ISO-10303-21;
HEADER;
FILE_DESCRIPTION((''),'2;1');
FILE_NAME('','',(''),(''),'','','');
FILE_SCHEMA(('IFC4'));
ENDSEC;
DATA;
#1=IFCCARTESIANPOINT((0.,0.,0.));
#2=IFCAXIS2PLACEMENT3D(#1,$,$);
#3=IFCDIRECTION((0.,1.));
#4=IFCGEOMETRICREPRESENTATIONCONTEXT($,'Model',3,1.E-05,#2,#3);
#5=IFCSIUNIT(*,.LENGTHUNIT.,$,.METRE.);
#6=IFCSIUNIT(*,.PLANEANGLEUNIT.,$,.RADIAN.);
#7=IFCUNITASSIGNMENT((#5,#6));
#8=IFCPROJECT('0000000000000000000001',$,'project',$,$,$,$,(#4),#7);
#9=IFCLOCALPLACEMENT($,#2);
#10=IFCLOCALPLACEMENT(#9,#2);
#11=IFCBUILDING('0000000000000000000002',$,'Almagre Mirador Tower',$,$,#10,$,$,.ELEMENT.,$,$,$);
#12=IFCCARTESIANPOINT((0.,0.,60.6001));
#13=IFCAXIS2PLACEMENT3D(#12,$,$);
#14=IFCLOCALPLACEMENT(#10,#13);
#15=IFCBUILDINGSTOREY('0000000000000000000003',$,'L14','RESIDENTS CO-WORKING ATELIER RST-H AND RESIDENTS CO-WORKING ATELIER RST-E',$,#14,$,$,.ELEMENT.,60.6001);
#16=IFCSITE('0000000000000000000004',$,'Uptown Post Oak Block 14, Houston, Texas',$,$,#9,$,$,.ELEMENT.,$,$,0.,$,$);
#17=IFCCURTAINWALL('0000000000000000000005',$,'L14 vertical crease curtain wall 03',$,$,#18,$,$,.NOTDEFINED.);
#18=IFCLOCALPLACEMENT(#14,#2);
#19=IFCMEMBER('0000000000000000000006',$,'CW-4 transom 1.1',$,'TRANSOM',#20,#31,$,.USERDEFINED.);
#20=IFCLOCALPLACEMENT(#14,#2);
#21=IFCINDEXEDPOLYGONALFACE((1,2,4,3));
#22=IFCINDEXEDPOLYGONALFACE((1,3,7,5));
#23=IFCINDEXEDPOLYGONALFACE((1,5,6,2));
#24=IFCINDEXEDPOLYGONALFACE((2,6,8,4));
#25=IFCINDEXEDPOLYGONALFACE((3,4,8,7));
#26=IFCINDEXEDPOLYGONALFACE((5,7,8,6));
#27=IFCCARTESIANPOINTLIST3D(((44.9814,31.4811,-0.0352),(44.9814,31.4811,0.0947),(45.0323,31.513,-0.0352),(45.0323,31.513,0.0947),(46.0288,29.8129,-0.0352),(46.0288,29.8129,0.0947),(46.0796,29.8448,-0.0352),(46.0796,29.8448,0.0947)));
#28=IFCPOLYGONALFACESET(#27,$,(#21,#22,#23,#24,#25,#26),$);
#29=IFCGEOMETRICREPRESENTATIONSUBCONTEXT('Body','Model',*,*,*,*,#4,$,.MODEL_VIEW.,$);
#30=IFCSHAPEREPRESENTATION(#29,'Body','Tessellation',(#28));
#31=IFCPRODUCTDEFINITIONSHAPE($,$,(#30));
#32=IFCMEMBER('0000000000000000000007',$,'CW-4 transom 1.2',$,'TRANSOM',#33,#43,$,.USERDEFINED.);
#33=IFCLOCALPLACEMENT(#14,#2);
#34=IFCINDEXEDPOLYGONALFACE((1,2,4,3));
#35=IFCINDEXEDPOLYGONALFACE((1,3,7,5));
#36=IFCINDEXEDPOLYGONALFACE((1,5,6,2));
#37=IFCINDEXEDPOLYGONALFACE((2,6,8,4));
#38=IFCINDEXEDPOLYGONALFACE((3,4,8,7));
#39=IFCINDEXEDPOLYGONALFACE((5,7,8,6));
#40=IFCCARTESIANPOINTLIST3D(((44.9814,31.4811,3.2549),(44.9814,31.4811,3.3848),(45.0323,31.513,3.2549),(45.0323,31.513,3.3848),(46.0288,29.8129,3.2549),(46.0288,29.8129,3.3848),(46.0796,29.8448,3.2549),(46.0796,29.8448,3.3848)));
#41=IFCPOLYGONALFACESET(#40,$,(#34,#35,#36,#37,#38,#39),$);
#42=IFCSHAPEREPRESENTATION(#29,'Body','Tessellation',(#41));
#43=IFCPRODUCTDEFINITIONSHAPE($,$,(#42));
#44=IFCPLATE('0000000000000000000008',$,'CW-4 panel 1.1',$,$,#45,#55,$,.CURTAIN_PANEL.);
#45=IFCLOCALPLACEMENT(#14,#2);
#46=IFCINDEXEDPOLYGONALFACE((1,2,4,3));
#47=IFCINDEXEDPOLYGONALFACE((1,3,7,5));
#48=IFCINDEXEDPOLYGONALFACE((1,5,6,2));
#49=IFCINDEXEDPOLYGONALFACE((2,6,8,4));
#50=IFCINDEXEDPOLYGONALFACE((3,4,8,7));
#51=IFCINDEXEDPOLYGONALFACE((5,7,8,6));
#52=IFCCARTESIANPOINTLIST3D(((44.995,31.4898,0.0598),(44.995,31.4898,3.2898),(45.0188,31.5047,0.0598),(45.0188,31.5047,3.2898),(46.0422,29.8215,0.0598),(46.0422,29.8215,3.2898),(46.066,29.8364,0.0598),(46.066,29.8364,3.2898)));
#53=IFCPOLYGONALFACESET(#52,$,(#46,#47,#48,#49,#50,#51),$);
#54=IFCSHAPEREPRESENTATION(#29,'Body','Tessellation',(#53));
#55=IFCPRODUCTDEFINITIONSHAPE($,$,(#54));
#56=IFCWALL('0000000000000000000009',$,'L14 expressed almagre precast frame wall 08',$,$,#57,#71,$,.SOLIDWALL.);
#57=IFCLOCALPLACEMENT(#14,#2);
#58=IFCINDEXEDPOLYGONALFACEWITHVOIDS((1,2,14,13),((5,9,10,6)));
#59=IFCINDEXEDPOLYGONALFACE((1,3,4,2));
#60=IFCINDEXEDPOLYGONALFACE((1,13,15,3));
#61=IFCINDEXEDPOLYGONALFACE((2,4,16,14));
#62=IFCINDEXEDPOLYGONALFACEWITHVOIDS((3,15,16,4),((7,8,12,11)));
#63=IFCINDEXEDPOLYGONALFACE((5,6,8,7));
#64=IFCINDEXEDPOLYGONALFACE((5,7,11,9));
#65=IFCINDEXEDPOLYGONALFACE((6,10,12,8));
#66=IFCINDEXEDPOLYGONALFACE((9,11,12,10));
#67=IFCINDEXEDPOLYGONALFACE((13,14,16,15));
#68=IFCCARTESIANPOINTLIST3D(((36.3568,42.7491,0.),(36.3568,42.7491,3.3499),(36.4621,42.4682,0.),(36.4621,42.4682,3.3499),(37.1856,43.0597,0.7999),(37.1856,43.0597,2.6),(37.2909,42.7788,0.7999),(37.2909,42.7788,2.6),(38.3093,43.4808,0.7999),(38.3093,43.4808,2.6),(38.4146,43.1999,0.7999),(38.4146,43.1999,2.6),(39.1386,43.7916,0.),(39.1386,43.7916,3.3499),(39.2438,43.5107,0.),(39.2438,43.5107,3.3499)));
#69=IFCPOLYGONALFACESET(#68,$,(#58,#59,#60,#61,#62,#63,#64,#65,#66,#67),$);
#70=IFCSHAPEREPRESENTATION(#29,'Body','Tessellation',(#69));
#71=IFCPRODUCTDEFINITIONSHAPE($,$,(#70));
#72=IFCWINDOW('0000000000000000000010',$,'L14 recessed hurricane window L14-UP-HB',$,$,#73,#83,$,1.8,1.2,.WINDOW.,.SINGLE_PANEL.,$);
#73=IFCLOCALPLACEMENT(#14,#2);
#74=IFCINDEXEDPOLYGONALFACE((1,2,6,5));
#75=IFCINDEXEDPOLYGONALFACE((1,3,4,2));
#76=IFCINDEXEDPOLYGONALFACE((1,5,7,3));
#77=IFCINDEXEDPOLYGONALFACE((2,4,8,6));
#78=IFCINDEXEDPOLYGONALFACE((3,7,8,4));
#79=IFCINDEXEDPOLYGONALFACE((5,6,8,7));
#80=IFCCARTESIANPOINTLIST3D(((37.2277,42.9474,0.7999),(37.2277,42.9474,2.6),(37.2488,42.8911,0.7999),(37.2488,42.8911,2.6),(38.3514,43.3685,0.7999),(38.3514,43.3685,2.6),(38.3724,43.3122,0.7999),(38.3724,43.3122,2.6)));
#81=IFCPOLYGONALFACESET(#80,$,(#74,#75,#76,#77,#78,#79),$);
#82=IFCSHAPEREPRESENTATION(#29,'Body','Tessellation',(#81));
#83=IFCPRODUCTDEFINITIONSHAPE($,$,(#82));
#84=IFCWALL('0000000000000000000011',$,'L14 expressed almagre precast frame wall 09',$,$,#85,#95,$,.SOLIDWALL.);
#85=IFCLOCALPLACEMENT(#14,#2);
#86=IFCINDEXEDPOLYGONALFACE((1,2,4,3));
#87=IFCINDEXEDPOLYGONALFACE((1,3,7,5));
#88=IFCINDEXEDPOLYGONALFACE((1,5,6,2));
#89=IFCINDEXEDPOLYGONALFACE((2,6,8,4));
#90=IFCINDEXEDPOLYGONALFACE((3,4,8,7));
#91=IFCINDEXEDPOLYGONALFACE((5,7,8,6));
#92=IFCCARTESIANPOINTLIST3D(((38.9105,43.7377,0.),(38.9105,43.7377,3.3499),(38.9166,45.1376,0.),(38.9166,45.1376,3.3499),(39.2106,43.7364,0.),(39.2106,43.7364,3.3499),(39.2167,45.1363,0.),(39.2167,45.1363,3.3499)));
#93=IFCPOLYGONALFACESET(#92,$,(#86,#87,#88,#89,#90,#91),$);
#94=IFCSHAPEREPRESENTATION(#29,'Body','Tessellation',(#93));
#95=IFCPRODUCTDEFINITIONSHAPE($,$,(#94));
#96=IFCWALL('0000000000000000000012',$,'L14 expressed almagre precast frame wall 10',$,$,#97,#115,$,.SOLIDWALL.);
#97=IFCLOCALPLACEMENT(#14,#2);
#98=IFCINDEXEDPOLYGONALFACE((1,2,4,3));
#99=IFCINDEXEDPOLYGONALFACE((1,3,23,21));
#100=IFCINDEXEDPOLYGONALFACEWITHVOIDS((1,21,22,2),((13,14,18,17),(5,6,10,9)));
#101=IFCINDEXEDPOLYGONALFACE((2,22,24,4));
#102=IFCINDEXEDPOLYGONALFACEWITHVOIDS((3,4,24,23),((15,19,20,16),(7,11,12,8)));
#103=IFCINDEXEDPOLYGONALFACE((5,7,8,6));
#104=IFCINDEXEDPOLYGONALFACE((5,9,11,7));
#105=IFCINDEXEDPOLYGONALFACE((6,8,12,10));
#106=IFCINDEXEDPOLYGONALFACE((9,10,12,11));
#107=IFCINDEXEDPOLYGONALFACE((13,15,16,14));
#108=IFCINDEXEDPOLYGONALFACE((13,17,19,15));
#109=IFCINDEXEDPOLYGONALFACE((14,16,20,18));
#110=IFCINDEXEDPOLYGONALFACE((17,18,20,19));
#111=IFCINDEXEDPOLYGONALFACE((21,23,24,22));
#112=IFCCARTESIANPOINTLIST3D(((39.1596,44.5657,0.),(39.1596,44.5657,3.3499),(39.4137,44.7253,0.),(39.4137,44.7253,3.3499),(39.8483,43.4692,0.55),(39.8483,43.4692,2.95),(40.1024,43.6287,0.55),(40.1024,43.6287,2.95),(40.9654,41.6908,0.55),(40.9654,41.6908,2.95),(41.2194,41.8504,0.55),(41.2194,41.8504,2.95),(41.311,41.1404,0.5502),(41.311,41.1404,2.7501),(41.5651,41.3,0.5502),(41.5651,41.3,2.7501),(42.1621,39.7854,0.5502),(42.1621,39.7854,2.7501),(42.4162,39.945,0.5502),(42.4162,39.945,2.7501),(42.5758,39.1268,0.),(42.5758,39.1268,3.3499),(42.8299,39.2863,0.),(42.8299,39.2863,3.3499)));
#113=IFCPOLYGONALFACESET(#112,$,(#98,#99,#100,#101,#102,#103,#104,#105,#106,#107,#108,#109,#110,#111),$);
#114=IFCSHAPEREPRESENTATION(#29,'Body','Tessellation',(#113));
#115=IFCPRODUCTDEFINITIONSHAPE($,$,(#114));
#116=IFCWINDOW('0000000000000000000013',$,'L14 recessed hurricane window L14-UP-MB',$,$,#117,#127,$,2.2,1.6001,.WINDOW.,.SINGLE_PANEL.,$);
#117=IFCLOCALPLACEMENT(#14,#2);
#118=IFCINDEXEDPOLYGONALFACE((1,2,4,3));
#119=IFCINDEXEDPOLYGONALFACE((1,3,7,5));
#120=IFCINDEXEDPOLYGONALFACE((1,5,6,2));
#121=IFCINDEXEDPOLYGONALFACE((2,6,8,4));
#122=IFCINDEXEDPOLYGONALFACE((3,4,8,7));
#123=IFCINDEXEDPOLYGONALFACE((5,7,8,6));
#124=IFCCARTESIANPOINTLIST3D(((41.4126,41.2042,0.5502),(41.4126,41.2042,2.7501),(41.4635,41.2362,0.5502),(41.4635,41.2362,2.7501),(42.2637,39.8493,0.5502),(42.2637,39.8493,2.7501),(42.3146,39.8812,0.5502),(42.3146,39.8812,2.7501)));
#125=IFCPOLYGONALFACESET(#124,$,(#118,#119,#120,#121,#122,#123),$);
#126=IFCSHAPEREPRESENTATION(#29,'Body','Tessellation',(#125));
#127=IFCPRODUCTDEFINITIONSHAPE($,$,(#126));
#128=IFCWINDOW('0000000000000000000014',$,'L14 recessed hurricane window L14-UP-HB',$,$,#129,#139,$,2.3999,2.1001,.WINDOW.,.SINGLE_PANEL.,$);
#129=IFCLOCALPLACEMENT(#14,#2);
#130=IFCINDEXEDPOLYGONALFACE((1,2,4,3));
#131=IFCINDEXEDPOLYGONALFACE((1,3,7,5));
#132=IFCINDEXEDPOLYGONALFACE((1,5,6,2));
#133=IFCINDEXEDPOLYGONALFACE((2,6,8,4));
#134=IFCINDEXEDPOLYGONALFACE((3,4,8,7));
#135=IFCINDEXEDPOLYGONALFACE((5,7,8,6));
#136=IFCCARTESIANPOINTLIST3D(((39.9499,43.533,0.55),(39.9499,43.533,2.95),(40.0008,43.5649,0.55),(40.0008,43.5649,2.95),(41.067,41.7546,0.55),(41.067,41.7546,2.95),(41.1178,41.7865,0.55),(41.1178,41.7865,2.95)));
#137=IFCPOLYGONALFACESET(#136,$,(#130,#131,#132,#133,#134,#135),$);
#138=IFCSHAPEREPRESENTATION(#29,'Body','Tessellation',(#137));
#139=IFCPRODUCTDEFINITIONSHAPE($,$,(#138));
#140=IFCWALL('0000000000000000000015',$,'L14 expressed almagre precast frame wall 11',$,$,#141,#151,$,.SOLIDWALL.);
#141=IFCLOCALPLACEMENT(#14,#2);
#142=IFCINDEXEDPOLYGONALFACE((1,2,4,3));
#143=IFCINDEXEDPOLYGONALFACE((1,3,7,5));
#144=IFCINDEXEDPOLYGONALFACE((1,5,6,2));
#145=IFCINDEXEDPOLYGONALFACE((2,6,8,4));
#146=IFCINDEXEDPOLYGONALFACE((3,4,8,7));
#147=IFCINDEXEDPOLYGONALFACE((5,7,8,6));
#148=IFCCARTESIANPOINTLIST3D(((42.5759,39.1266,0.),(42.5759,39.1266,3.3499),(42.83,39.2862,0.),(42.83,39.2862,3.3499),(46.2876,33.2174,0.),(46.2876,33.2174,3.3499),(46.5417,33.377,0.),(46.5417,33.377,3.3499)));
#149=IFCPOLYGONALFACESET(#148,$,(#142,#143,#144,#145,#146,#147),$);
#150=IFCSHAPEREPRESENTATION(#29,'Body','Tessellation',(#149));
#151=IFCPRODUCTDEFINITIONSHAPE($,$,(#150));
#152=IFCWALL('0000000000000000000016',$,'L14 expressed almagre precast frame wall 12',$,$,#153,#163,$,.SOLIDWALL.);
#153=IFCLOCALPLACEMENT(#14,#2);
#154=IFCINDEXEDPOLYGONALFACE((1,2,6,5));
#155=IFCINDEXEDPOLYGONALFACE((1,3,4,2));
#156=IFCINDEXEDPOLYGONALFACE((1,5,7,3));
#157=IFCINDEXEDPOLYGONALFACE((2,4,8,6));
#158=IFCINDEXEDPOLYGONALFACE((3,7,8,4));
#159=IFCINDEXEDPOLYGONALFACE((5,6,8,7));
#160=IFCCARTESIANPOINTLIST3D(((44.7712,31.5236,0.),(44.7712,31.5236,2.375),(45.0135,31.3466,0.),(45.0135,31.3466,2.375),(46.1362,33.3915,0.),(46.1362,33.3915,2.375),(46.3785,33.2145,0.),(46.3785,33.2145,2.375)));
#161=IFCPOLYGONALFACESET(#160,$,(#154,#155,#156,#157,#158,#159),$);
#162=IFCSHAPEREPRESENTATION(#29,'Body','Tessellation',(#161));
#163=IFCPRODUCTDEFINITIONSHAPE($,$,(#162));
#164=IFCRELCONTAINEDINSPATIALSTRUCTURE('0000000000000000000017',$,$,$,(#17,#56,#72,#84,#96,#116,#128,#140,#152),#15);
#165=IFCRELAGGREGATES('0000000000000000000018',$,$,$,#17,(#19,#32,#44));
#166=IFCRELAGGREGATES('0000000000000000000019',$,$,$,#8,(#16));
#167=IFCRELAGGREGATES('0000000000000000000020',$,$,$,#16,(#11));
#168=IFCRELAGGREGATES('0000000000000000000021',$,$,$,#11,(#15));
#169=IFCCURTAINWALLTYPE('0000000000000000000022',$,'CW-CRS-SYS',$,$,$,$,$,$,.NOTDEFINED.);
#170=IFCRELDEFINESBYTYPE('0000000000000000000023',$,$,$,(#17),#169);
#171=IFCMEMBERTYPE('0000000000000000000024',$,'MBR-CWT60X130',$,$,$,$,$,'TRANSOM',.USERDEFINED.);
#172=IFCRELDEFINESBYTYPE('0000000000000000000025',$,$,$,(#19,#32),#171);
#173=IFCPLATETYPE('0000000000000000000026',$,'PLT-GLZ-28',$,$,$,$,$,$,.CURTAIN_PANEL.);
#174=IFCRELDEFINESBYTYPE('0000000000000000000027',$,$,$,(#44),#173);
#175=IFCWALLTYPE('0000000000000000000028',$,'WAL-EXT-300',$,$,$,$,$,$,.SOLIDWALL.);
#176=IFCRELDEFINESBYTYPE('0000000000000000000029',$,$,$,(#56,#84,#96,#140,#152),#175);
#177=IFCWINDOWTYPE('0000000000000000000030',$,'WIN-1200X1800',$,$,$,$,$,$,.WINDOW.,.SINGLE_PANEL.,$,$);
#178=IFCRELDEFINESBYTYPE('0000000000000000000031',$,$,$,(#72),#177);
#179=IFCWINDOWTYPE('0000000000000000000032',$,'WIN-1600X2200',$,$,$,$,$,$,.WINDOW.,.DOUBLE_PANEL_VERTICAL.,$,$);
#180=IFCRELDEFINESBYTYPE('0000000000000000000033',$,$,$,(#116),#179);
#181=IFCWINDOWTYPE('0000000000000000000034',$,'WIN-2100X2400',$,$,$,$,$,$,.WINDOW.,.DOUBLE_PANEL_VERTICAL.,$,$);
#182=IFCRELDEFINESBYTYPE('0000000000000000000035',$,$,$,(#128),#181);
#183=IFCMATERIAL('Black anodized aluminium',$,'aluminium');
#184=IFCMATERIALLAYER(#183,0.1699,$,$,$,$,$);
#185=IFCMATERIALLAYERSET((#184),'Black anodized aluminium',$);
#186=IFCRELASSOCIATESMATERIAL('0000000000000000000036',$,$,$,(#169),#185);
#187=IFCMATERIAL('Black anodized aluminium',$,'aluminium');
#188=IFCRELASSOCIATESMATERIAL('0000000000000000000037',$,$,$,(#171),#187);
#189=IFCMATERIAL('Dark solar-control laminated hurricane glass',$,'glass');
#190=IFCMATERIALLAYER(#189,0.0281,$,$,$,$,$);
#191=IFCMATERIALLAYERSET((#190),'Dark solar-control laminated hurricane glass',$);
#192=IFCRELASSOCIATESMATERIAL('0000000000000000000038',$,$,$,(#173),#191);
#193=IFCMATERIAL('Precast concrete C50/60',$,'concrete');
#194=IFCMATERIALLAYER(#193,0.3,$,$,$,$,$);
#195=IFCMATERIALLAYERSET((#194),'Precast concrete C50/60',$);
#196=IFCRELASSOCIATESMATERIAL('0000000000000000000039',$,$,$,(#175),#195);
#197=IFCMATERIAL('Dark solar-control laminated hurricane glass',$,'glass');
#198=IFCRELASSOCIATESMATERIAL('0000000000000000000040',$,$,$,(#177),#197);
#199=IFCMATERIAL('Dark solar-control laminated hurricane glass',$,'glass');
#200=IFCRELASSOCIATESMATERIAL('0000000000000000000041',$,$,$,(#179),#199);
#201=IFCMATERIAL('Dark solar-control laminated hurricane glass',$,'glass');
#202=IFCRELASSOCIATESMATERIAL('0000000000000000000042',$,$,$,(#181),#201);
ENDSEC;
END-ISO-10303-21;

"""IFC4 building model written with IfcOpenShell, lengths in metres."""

from ifc_helpers import new_model, si_unit, direction, frame, frame_2d, origin, origin_2d, place, context, subcontext, project, spatial, rectangle, extrude, material, layer, layer_set, material_profile, profile_set, type_object, element, fill, aggregate, save


model = new_model("IFC4")

# Units and contexts
model_context = context("Model", 3, precision=1e-05, world=origin(), true_north=direction((0.0, 1.0)))
body_context = subcontext(model_context, "Body", "Model", "MODEL_VIEW")
ifc_project = project(units=[si_unit("LENGTHUNIT", "METRE"), si_unit("PLANEANGLEUNIT", "RADIAN")], contexts=[model_context])

# Site, building, storey
site_placement = place(None, origin())
site = spatial("IfcSite", under=ifc_project, at=site_placement, Name="Uptown Post Oak Block 14, Houston, Texas", CompositionType="ELEMENT", RefElevation=0.0)
building_placement = place(site_placement, origin())
building = spatial("IfcBuilding", under=site, at=building_placement, Name="Almagre Mirador Tower", CompositionType="ELEMENT")
storey_placement = place(building_placement, frame((0.0, 0.0, 60.6001)))
storey = spatial("IfcBuildingStorey", under=building, at=storey_placement, Name="L14", Description="RESIDENTS CO-WORKING ATELIER RST-H AND RESIDENTS CO-WORKING ATELIER RST-E", CompositionType="ELEMENT", Elevation=60.6001)

# Curtain wall, members, plate
ifc_material_1 = material(Name="Black anodized aluminium", Category="aluminium")
ifc_layer_1 = layer(ifc_material_1, 0.1699)
ifc_layer_set_1 = layer_set([ifc_layer_1], Name="Black anodized aluminium")
curtain_wall_type = type_object("IfcCurtainWallType", Name="CW-CRS-SYS", PredefinedType="NOTDEFINED", material=ifc_layer_set_1)
curtain_wall_placement = place(storey_placement, origin())
curtain_wall = element("IfcCurtainWall", 1, at=curtain_wall_placement, inside=storey, type_object=curtain_wall_type, Name="L14 vertical crease curtain wall 03", PredefinedType="NOTDEFINED")
ifc_material_2 = material(Name="Black anodized aluminium", Category="aluminium")
ifc_material_profile_1 = material_profile(ifc_material_2, rectangle(XDim=0.0601, YDim=0.1299, at=origin_2d()), Name="CWT60X130")
ifc_profile_set_1 = profile_set([ifc_material_profile_1], Name="Black anodized aluminium")
member_type_1 = type_object("IfcMemberType", Name="MBR-CWT60X130", ElementType="TRANSOM", PredefinedType="USERDEFINED", material=ifc_profile_set_1)
member_1_placement = place(storey_placement, frame((45.0068, 31.4971, 0.0298), z_axis=(0.531725, -0.846917, 0.0), x_axis=(0.846917, 0.531725, 0.0)))
member_1 = element("IfcMember", 2, at=member_1_placement, type_object=member_type_1, Name="CW-4 transom 1.1", ObjectType="TRANSOM", PredefinedType="USERDEFINED", context=body_context, shape_type="SweptSolid", body=[
    extrude(rectangle(XDim=0.0601, YDim=0.1299, at=origin_2d()), origin(), (0.0, 0.0, 1.0), 1.9697),
])
member_2_placement = place(storey_placement, frame((45.0068, 31.4971, 3.3198), z_axis=(0.531725, -0.846917, 0.0), x_axis=(0.846917, 0.531725, 0.0)))
member_2 = element("IfcMember", 3, at=member_2_placement, type_object=member_type_1, Name="CW-4 transom 1.2", ObjectType="TRANSOM", PredefinedType="USERDEFINED", context=body_context, shape_type="SweptSolid", body=[
    extrude(rectangle(XDim=0.0601, YDim=0.1299, at=origin_2d()), origin(), (0.0, 0.0, 1.0), 1.9697),
])
ifc_material_3 = material(Name="Dark solar-control laminated hurricane glass", Category="glass")
ifc_layer_2 = layer(ifc_material_3, 0.0281)
ifc_layer_set_2 = layer_set([ifc_layer_2], Name="Dark solar-control laminated hurricane glass")
plate_type = type_object("IfcPlateType", Name="PLT-GLZ-28", PredefinedType="CURTAIN_PANEL", material=ifc_layer_set_2)
plate_placement = place(storey_placement, frame((45.5305, 30.6631, 0.0598), z_axis=(0.0, 0.0, 1.0), x_axis=(0.531632, -0.846975, 0.0)))
plate = element("IfcPlate", 4, at=plate_placement, type_object=plate_type, Name="CW-4 panel 1.1", PredefinedType="CURTAIN_PANEL", context=body_context, shape_type="SweptSolid", body=[
    extrude(rectangle(XDim=1.9697, YDim=0.0281, at=origin_2d()), origin(), (0.0, 0.0, 1.0), 3.23),
])
aggregate(curtain_wall, [member_1, member_2, plate])

# Wall, opening, window
ifc_material_4 = material(Name="Precast concrete C50/60", Category="concrete")
ifc_layer_3 = layer(ifc_material_4, 0.3)
ifc_layer_set_3 = layer_set([ifc_layer_3], Name="Precast concrete C50/60")
wall_type_1 = type_object("IfcWallType", Name="WAL-EXT-300", PredefinedType="SOLIDWALL", material=ifc_layer_set_3)
wall_1_placement = place(storey_placement, frame((36.4094, 42.6086, 0.0), z_axis=(0.0, 0.0, 1.0), x_axis=(0.936403, 0.350925, 0.0)))
wall_1 = element("IfcWall", 5, at=wall_1_placement, inside=storey, type_object=wall_type_1, Name="L14 expressed almagre precast frame wall 08", PredefinedType="SOLIDWALL", context=body_context, shape_type="SweptSolid", body=[
    extrude(rectangle(XDim=2.9707, YDim=0.3, at=frame_2d((1.4854, 0.0))), origin(), (0.0, 0.0, 1.0), 3.3499),
])
opening_1_placement = place(wall_1_placement, frame((0.885, 0.0, 0.8)))
opening_1 = element("IfcOpeningElement", 6, at=opening_1_placement, cuts=wall_1, PredefinedType="OPENING", context=body_context, shape_type="SweptSolid", body=[
    extrude(rectangle(XDim=1.2, YDim=1.8, at=frame_2d((0.6001, 0.8999))), frame((0.0, 0.1599, 0.0), z_axis=(0.0, -1.0, 0.0), x_axis=(1.0, 0.0, 0.0)), (0.0, 0.0, 1.0), 0.32),
])
ifc_material_5 = material(Name="Dark solar-control laminated hurricane glass", Category="glass")
window_type_1 = type_object("IfcWindowType", Name="WIN-1200X1800", PartitioningType="SINGLE_PANEL", PredefinedType="WINDOW", material=ifc_material_5)
window_1_placement = place(opening_1_placement, origin())
window_1 = element("IfcWindow", 7, at=window_1_placement, inside=storey, type_object=window_type_1, Name="L14 recessed hurricane window L14-UP-HB", OverallHeight=1.8, OverallWidth=1.2, PartitioningType="SINGLE_PANEL", PredefinedType="WINDOW", context=body_context, shape_type="SweptSolid", body=[
    extrude(rectangle(XDim=1.2, YDim=1.8, at=frame_2d((0.6001, 0.8999))), frame((0.0, 0.03, 0.0), z_axis=(0.0, -1.0, 0.0), x_axis=(1.0, 0.0, 0.0)), (0.0, 0.0, 1.0), 0.0601),
])
fill(opening_1, window_1)

# Wall
wall_2_placement = place(storey_placement, frame((39.0605, 43.7371, 0.0), z_axis=(0.0, 0.0, 1.0), x_axis=(0.00436, 0.99999, 0.0)))
element("IfcWall", 8, at=wall_2_placement, inside=storey, type_object=wall_type_1, Name="L14 expressed almagre precast frame wall 09", PredefinedType="SOLIDWALL", context=body_context, shape_type="SweptSolid", body=[
    extrude(rectangle(XDim=1.3999, YDim=0.3, at=frame_2d((0.7, 0.0))), origin(), (0.0, 0.0, 1.0), 3.3499),
])

# Wall, openings, windows
wall_3_placement = place(storey_placement, frame((39.2866, 44.6455, 0.0), z_axis=(0.0, 0.0, 1.0), x_axis=(0.53189, -0.846813, 0.0)))
wall_3 = element("IfcWall", 9, at=wall_3_placement, inside=storey, type_object=wall_type_1, Name="L14 expressed almagre precast frame wall 10", PredefinedType="SOLIDWALL", context=body_context, shape_type="SweptSolid", body=[
    extrude(rectangle(XDim=6.4229, YDim=0.3, at=frame_2d((3.2114, 0.0))), origin(), (0.0, 0.0, 1.0), 3.3499),
])
opening_2_placement = place(wall_3_placement, frame((1.2949, 0.0, 0.55)))
opening_2 = element("IfcOpeningElement", 10, at=opening_2_placement, cuts=wall_3, PredefinedType="OPENING", context=body_context, shape_type="SweptSolid", body=[
    extrude(rectangle(XDim=2.1001, YDim=2.3999, at=frame_2d((1.05, 1.2))), frame((0.0, 0.1599, 0.0), z_axis=(0.0, -1.0, 0.0), x_axis=(1.0, 0.0, 0.0)), (0.0, 0.0, 1.0), 0.32),
])
opening_3_placement = place(wall_3_placement, frame((4.0449, 0.0, 0.55)))
opening_3 = element("IfcOpeningElement", 11, at=opening_3_placement, cuts=wall_3, PredefinedType="OPENING", context=body_context, shape_type="SweptSolid", body=[
    extrude(rectangle(XDim=1.6001, YDim=2.2, at=frame_2d((0.8, 1.1001))), frame((0.0, 0.1599, 0.0), z_axis=(0.0, -1.0, 0.0), x_axis=(1.0, 0.0, 0.0)), (0.0, 0.0, 1.0), 0.32),
])
ifc_material_6 = material(Name="Dark solar-control laminated hurricane glass", Category="glass")
window_type_2 = type_object("IfcWindowType", Name="WIN-1600X2200", PartitioningType="DOUBLE_PANEL_VERTICAL", PredefinedType="WINDOW", material=ifc_material_6)
window_2_placement = place(opening_3_placement, origin())
window_2 = element("IfcWindow", 12, at=window_2_placement, inside=storey, type_object=window_type_2, Name="L14 recessed hurricane window L14-UP-MB", OverallHeight=2.2, OverallWidth=1.6001, PartitioningType="SINGLE_PANEL", PredefinedType="WINDOW", context=body_context, shape_type="SweptSolid", body=[
    extrude(rectangle(XDim=1.6001, YDim=2.2, at=frame_2d((0.8, 1.1001))), frame((0.0, 0.03, 0.0), z_axis=(0.0, -1.0, 0.0), x_axis=(1.0, 0.0, 0.0)), (0.0, 0.0, 1.0), 0.0601),
])
fill(opening_3, window_2)
ifc_material_7 = material(Name="Dark solar-control laminated hurricane glass", Category="glass")
window_type_3 = type_object("IfcWindowType", Name="WIN-2100X2400", PartitioningType="DOUBLE_PANEL_VERTICAL", PredefinedType="WINDOW", material=ifc_material_7)
window_3_placement = place(opening_2_placement, origin())
window_3 = element("IfcWindow", 13, at=window_3_placement, inside=storey, type_object=window_type_3, Name="L14 recessed hurricane window L14-UP-HB", OverallHeight=2.3999, OverallWidth=2.1001, PartitioningType="SINGLE_PANEL", PredefinedType="WINDOW", context=body_context, shape_type="SweptSolid", body=[
    extrude(rectangle(XDim=2.1001, YDim=2.3999, at=frame_2d((1.05, 1.2))), frame((0.0, 0.03, 0.0), z_axis=(0.0, -1.0, 0.0), x_axis=(1.0, 0.0, 0.0)), (0.0, 0.0, 1.0), 0.0601),
])
fill(opening_2, window_3)

# Walls
wall_4_placement = place(storey_placement, frame((42.7029, 39.2065, 0.0), z_axis=(0.0, 0.0, 1.0), x_axis=(0.531897, -0.846809, 0.0)))
element("IfcWall", 14, at=wall_4_placement, inside=storey, type_object=wall_type_1, Name="L14 expressed almagre precast frame wall 11", PredefinedType="SOLIDWALL", context=body_context, shape_type="SweptSolid", body=[
    extrude(rectangle(XDim=6.9783, YDim=0.3, at=frame_2d((3.4893, 0.0))), origin(), (0.0, 0.0, 1.0), 3.3499),
])
wall_5_placement = place(storey_placement, frame((46.2573, 33.303, 0.0), z_axis=(0.0, 0.0, 1.0), x_axis=(-0.590009, -0.807397, 0.0)))
element("IfcWall", 15, at=wall_5_placement, inside=storey, type_object=wall_type_1, Name="L14 expressed almagre precast frame wall 12", PredefinedType="SOLIDWALL", context=body_context, shape_type="SweptSolid", body=[
    extrude(rectangle(XDim=2.3135, YDim=0.3, at=frame_2d((1.1567, 0.0))), origin(), (0.0, 0.0, 1.0), 2.375),
])

save(model, "model.ifc")
